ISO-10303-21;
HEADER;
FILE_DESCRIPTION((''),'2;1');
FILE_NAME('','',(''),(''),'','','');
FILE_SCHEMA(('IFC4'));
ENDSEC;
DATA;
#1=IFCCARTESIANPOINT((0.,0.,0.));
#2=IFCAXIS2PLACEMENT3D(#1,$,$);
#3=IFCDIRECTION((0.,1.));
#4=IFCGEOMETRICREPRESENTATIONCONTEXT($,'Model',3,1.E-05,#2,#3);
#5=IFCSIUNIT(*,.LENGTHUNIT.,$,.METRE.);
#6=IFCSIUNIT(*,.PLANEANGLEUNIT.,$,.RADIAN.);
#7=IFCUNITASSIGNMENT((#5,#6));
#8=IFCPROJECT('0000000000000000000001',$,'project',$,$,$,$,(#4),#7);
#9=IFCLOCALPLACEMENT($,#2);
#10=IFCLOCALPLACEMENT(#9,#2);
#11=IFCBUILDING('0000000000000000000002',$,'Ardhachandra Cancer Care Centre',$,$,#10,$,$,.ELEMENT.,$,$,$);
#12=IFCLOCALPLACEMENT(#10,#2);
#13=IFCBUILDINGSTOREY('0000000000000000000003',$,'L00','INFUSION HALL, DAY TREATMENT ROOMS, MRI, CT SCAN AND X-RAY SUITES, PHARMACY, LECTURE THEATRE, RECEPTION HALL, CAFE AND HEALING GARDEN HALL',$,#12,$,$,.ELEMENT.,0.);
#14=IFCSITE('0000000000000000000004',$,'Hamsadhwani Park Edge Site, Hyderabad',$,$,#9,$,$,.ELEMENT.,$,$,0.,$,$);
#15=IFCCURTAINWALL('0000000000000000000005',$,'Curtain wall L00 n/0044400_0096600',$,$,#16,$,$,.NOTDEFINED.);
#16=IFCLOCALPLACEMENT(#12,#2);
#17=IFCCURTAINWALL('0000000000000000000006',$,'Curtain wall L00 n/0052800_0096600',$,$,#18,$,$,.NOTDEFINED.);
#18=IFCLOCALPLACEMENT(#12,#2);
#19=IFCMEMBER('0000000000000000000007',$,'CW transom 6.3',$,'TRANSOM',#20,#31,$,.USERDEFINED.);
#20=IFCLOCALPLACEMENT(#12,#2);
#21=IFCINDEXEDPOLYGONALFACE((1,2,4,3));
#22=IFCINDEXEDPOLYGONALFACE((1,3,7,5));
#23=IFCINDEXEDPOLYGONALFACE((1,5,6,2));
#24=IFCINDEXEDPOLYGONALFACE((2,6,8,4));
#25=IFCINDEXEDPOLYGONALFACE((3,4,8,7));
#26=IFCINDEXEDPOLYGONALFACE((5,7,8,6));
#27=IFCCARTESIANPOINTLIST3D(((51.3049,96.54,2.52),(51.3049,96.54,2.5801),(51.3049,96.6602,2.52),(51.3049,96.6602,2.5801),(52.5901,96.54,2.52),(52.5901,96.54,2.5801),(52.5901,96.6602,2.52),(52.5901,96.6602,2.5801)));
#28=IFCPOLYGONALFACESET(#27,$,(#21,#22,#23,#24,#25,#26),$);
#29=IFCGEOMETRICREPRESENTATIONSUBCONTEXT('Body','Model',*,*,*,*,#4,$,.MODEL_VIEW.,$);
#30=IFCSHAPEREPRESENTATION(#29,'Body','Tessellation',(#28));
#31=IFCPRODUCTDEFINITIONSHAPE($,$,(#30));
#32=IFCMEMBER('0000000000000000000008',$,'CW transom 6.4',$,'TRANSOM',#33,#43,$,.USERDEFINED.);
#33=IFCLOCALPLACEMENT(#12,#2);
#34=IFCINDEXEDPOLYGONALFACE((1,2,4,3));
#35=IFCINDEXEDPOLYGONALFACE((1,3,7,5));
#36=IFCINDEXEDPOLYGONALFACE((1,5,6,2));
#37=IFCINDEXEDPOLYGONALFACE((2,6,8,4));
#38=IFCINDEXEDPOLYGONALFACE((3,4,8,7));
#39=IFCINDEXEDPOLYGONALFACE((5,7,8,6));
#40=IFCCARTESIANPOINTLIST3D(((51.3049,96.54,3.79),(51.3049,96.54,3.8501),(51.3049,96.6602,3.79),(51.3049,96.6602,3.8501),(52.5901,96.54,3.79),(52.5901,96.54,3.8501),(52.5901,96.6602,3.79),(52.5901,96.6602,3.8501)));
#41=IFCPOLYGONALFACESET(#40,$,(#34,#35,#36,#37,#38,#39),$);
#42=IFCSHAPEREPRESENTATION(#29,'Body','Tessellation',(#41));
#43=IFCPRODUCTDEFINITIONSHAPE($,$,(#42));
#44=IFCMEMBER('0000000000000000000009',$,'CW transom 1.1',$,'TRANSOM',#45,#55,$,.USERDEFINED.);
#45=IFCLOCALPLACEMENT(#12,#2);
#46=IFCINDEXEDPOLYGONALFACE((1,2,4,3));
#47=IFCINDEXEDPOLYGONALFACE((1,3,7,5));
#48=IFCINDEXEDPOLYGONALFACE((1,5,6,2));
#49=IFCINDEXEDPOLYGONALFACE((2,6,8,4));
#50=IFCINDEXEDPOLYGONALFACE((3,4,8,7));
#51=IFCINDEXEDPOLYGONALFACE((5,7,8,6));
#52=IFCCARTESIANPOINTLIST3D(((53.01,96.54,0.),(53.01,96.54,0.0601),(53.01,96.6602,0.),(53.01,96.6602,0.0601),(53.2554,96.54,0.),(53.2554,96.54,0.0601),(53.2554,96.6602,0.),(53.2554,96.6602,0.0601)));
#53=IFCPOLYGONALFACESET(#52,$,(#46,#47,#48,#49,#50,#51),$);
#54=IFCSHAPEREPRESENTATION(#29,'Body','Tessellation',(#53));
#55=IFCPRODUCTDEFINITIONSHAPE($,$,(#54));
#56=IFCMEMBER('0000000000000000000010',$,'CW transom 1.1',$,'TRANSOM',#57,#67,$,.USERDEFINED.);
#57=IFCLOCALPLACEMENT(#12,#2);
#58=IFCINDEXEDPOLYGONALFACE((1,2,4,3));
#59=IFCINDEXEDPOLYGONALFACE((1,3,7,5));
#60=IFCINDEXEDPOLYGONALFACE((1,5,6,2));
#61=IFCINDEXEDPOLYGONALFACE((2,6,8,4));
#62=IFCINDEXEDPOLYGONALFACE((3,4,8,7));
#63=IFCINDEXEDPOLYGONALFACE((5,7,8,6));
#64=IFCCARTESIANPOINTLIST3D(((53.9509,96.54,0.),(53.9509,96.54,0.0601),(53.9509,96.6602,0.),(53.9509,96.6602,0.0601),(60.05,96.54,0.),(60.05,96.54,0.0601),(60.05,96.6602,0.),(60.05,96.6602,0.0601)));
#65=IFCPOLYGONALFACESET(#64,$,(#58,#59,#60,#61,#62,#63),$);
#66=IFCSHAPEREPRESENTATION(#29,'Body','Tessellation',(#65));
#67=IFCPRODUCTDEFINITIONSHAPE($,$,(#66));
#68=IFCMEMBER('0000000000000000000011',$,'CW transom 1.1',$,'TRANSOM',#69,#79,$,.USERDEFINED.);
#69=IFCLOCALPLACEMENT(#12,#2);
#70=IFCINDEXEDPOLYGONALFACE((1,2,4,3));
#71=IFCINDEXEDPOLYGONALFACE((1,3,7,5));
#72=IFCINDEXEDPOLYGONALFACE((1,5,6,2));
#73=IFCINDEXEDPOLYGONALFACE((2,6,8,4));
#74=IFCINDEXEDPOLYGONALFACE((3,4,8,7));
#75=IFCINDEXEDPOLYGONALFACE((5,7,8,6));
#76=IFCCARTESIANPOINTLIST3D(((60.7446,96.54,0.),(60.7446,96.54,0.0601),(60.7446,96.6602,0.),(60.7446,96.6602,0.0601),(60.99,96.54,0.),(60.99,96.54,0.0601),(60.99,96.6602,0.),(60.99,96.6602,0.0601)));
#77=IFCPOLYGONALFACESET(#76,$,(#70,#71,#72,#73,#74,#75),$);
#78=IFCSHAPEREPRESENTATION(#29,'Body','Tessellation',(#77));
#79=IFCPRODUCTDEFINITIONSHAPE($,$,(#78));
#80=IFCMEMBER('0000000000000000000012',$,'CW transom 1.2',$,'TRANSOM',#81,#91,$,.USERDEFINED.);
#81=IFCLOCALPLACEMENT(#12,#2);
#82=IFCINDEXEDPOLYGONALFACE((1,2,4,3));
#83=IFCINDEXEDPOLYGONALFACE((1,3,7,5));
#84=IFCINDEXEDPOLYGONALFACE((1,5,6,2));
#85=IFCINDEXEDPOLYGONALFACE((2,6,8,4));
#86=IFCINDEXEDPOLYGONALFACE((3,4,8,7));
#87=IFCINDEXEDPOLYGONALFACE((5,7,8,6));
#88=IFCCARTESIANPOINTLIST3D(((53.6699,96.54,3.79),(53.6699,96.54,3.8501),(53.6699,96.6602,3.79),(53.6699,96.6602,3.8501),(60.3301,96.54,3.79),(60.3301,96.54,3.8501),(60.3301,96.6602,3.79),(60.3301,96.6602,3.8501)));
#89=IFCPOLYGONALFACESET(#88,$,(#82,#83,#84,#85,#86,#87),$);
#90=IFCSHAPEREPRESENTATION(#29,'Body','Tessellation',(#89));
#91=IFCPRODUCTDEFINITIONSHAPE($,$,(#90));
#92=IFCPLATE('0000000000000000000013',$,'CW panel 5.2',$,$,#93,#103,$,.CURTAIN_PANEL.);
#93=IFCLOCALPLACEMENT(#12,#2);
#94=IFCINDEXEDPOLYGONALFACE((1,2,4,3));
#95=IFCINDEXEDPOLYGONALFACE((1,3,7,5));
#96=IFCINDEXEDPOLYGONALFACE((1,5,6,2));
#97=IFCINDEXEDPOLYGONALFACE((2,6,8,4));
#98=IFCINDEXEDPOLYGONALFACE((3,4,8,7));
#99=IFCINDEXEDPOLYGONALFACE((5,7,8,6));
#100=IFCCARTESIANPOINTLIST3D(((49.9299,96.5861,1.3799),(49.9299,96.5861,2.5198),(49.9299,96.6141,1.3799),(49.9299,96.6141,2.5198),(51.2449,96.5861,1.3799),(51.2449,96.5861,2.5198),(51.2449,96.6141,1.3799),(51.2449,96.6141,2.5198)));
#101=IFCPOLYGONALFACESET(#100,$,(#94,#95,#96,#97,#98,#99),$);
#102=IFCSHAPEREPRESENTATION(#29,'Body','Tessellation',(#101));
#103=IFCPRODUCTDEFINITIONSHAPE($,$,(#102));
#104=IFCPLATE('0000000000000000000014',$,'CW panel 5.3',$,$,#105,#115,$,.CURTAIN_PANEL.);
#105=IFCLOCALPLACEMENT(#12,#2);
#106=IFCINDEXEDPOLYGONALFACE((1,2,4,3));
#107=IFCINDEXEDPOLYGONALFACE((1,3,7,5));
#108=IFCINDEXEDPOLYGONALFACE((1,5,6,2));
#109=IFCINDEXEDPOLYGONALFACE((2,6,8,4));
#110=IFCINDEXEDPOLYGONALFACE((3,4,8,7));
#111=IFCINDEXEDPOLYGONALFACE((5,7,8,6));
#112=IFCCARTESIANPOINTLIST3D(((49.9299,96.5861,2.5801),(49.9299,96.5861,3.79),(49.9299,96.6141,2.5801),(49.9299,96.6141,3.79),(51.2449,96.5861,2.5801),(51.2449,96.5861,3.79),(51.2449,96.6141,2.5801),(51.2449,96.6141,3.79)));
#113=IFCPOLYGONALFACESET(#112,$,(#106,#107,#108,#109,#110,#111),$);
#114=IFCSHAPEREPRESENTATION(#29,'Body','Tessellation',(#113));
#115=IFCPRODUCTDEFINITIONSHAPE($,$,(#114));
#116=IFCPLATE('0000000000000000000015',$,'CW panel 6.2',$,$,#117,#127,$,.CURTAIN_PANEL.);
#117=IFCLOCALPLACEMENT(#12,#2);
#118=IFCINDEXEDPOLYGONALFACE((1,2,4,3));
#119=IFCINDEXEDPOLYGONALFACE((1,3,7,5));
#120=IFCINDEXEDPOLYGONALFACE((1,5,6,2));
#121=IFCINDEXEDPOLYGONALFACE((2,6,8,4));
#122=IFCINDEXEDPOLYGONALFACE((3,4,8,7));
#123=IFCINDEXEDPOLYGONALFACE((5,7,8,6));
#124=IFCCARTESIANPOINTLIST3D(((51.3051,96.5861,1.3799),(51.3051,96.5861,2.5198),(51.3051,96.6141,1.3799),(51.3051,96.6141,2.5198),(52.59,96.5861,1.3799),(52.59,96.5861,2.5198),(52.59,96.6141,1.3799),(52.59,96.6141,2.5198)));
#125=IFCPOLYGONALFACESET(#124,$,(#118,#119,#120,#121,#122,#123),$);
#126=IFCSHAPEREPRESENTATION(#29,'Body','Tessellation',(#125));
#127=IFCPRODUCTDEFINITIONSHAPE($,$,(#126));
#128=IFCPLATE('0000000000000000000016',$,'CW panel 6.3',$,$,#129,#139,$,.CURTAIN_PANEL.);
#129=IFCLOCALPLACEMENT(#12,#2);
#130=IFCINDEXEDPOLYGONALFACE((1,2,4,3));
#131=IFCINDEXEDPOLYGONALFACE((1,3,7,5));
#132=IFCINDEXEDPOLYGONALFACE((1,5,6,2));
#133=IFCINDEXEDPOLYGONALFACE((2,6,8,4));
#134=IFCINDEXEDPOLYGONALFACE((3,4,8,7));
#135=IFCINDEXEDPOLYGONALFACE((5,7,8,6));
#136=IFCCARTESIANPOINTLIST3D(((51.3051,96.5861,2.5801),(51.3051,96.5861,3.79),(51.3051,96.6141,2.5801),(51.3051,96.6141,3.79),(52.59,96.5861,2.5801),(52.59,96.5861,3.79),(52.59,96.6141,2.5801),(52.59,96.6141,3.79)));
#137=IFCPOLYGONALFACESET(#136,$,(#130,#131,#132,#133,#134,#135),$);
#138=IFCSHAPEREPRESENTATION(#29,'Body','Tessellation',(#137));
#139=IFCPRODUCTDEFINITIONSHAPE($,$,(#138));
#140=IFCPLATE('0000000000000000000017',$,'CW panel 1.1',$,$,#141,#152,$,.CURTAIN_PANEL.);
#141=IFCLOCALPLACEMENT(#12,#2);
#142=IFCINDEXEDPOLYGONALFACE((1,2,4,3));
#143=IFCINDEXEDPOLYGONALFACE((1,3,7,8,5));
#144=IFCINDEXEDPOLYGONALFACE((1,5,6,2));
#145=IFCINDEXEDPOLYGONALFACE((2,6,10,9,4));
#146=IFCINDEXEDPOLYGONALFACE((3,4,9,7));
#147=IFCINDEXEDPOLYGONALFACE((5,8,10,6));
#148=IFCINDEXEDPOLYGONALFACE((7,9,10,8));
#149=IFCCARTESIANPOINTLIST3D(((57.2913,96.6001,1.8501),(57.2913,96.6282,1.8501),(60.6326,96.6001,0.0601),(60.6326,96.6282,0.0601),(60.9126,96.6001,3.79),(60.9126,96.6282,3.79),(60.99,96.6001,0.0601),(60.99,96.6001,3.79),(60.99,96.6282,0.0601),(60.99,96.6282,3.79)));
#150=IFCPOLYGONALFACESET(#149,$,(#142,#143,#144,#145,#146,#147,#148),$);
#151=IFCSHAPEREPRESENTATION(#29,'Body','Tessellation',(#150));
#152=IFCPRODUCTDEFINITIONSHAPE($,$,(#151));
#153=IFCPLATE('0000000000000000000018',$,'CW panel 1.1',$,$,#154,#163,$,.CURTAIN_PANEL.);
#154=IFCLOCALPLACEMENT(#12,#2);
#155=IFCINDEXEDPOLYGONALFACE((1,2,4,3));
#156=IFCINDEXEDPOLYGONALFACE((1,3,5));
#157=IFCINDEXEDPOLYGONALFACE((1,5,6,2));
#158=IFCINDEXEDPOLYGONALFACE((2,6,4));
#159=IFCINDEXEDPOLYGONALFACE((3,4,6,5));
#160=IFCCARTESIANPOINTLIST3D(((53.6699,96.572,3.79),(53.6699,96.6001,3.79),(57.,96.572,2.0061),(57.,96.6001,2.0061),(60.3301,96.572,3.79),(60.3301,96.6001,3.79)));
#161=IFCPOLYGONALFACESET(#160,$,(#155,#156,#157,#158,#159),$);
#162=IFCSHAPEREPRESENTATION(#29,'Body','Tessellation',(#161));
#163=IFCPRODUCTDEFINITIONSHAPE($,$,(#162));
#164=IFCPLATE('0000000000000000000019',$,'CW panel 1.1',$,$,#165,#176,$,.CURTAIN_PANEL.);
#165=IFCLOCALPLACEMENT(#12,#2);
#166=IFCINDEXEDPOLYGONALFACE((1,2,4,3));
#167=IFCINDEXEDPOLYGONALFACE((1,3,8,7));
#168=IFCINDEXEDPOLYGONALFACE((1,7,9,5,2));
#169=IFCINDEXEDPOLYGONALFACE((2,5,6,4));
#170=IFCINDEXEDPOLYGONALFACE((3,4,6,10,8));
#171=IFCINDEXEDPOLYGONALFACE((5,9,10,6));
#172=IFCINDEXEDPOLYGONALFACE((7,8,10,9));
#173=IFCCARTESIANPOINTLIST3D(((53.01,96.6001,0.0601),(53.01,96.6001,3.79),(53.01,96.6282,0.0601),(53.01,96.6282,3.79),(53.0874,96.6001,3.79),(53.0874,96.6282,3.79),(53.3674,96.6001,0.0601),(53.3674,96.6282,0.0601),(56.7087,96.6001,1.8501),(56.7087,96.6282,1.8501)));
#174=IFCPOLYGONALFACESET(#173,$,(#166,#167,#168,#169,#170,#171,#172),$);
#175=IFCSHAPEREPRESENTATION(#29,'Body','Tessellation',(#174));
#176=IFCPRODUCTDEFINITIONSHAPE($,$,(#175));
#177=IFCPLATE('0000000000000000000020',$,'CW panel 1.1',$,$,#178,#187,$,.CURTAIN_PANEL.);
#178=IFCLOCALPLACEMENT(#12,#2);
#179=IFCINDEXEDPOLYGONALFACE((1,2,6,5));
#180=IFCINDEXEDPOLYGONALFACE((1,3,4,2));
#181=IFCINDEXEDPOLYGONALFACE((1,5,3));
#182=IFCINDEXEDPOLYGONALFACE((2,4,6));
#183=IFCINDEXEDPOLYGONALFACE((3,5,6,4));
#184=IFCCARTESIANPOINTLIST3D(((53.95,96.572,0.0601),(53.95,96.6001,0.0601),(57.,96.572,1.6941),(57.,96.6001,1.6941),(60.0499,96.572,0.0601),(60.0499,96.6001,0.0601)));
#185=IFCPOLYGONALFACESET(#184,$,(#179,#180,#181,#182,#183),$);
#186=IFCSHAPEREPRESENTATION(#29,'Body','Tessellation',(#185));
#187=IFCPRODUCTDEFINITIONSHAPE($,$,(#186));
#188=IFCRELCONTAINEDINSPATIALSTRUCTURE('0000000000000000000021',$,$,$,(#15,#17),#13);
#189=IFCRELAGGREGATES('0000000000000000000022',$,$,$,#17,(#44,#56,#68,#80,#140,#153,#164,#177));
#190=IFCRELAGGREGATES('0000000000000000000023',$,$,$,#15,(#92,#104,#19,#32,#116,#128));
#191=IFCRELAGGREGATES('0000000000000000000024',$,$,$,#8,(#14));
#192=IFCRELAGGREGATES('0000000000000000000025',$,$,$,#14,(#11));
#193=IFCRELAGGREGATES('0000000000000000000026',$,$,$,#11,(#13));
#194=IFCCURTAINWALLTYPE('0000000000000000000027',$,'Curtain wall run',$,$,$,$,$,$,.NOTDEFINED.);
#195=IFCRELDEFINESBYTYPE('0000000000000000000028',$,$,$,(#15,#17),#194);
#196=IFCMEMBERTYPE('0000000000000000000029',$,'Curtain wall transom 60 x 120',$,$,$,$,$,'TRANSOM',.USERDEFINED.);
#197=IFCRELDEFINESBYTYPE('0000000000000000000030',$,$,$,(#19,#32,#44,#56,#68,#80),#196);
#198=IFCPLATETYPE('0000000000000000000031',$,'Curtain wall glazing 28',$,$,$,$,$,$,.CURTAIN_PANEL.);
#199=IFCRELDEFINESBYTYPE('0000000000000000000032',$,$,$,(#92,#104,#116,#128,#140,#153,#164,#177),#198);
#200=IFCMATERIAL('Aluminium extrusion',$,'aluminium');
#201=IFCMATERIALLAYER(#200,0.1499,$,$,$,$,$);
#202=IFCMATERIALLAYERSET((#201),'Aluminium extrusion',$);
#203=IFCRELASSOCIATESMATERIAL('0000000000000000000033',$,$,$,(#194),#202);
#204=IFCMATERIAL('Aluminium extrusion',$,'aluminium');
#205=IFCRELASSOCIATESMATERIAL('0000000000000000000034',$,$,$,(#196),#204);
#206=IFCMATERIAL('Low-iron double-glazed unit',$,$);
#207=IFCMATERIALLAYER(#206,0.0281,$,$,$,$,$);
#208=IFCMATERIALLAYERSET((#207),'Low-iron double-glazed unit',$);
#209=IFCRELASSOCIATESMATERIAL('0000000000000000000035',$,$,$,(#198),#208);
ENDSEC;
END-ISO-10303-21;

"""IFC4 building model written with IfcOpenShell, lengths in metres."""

from ifc_helpers import new_model, si_unit, direction, frame, origin, origin_2d, place, context, subcontext, project, spatial, polyline, rectangle, outline, extrude, material, layer, layer_set, material_profile, profile_set, type_object, element, aggregate, save


model = new_model("IFC4")

# Units and contexts
model_context = context("Model", 3, precision=1e-05, world=origin(), true_north=direction((0.0, 1.0)))
body_context = subcontext(model_context, "Body", "Model", "MODEL_VIEW")
ifc_project = project(units=[si_unit("LENGTHUNIT", "METRE"), si_unit("PLANEANGLEUNIT", "RADIAN")], contexts=[model_context])

# Site, building, storey
site_placement = place(None, origin())
site = spatial("IfcSite", under=ifc_project, at=site_placement, Name="Hamsadhwani Park Edge Site, Hyderabad", CompositionType="ELEMENT", RefElevation=0.0)
building_placement = place(site_placement, origin())
building = spatial("IfcBuilding", under=site, at=building_placement, Name="Ardhachandra Cancer Care Centre", CompositionType="ELEMENT")
storey_placement = place(building_placement, origin())
storey = spatial("IfcBuildingStorey", under=building, at=storey_placement, Name="L00", Description="INFUSION HALL, DAY TREATMENT ROOMS, MRI, CT SCAN AND X-RAY SUITES, PHARMACY, LECTURE THEATRE, RECEPTION HALL, CAFE AND HEALING GARDEN HALL", CompositionType="ELEMENT", Elevation=0.0)

# Curtain walls
ifc_material_1 = material(Name="Aluminium extrusion", Category="aluminium")
ifc_layer_1 = layer(ifc_material_1, 0.1499)
ifc_layer_set_1 = layer_set([ifc_layer_1], Name="Aluminium extrusion")
curtain_wall_type = type_object("IfcCurtainWallType", Name="Curtain wall run", PredefinedType="NOTDEFINED", material=ifc_layer_set_1)
curtain_wall_1_placement = place(storey_placement, origin())
curtain_wall_1 = element("IfcCurtainWall", 1, at=curtain_wall_1_placement, inside=storey, type_object=curtain_wall_type, Name="Curtain wall L00 n/0044400_0096600", PredefinedType="NOTDEFINED")
curtain_wall_2_placement = place(storey_placement, origin())
curtain_wall_2 = element("IfcCurtainWall", 2, at=curtain_wall_2_placement, inside=storey, type_object=curtain_wall_type, Name="Curtain wall L00 n/0052800_0096600", PredefinedType="NOTDEFINED")

# Members
ifc_material_2 = material(Name="Aluminium extrusion", Category="aluminium")
ifc_material_profile_1 = material_profile(ifc_material_2, rectangle(XDim=0.1201, YDim=0.0601, at=origin_2d()), Name="Curtain wall transom 60 x 120")
ifc_profile_set_1 = profile_set([ifc_material_profile_1], Name="Aluminium extrusion")
member_type_1 = type_object("IfcMemberType", Name="Curtain wall transom 60 x 120", ElementType="TRANSOM", PredefinedType="USERDEFINED", material=ifc_profile_set_1)
member_1_placement = place(storey_placement, frame((51.3049, 96.6001, 2.55), z_axis=(1.0, 0.0, 0.0), x_axis=(0.0, 1.0, 0.0)))
member_1 = element("IfcMember", 3, at=member_1_placement, type_object=member_type_1, Name="CW transom 6.3", ObjectType="TRANSOM", PredefinedType="USERDEFINED", context=body_context, shape_type="SweptSolid", body=[
    extrude(rectangle(XDim=0.1201, YDim=0.0601, at=origin_2d()), origin(), (0.0, 0.0, 1.0), 1.2852),
])
member_2_placement = place(storey_placement, frame((51.3049, 96.6001, 3.8201), z_axis=(1.0, 0.0, 0.0), x_axis=(0.0, 1.0, 0.0)))
member_2 = element("IfcMember", 4, at=member_2_placement, type_object=member_type_1, Name="CW transom 6.4", ObjectType="TRANSOM", PredefinedType="USERDEFINED", context=body_context, shape_type="SweptSolid", body=[
    extrude(rectangle(XDim=0.1201, YDim=0.0601, at=origin_2d()), origin(), (0.0, 0.0, 1.0), 1.2852),
])
member_3_placement = place(storey_placement, frame((53.01, 96.6001, 0.03), z_axis=(1.0, 0.0, 0.0), x_axis=(0.0, 1.0, 0.0)))
member_3 = element("IfcMember", 5, at=member_3_placement, type_object=member_type_1, Name="CW transom 1.1", ObjectType="TRANSOM", PredefinedType="USERDEFINED", context=body_context, shape_type="SweptSolid", body=[
    extrude(rectangle(XDim=0.1201, YDim=0.0601, at=origin_2d()), origin(), (0.0, 0.0, 1.0), 0.2454),
])
member_4_placement = place(storey_placement, frame((53.9509, 96.6001, 0.03), z_axis=(1.0, 0.0, 0.0), x_axis=(0.0, 1.0, 0.0)))
member_4 = element("IfcMember", 6, at=member_4_placement, type_object=member_type_1, Name="CW transom 1.1", ObjectType="TRANSOM", PredefinedType="USERDEFINED", context=body_context, shape_type="SweptSolid", body=[
    extrude(rectangle(XDim=0.1201, YDim=0.0601, at=origin_2d()), origin(), (0.0, 0.0, 1.0), 6.0991),
])
member_5_placement = place(storey_placement, frame((60.7446, 96.6001, 0.03), z_axis=(1.0, 0.0, 0.0), x_axis=(0.0, 1.0, 0.0)))
member_5 = element("IfcMember", 7, at=member_5_placement, type_object=member_type_1, Name="CW transom 1.1", ObjectType="TRANSOM", PredefinedType="USERDEFINED", context=body_context, shape_type="SweptSolid", body=[
    extrude(rectangle(XDim=0.1201, YDim=0.0601, at=origin_2d()), origin(), (0.0, 0.0, 1.0), 0.2454),
])
member_6_placement = place(storey_placement, frame((53.6699, 96.6001, 3.8201), z_axis=(1.0, 0.0, 0.0), x_axis=(0.0, 1.0, 0.0)))
member_6 = element("IfcMember", 8, at=member_6_placement, type_object=member_type_1, Name="CW transom 1.2", ObjectType="TRANSOM", PredefinedType="USERDEFINED", context=body_context, shape_type="SweptSolid", body=[
    extrude(rectangle(XDim=0.1201, YDim=0.0601, at=origin_2d()), origin(), (0.0, 0.0, 1.0), 6.6602),
])

# Plates
ifc_material_3 = material(Name="Low-iron double-glazed unit")
ifc_layer_2 = layer(ifc_material_3, 0.0281)
ifc_layer_set_2 = layer_set([ifc_layer_2], Name="Low-iron double-glazed unit")
plate_type_1 = type_object("IfcPlateType", Name="Curtain wall glazing 28", PredefinedType="CURTAIN_PANEL", material=ifc_layer_set_2)
plate_1_placement = place(storey_placement, frame((50.5874, 96.6001, 1.3799), z_axis=(0.0, 0.0, 1.0), x_axis=(1.0, 0.0, 0.0)))
plate_1 = element("IfcPlate", 9, at=plate_1_placement, type_object=plate_type_1, Name="CW panel 5.2", PredefinedType="CURTAIN_PANEL", context=body_context, shape_type="SweptSolid", body=[
    extrude(rectangle(XDim=1.3149, YDim=0.0281, at=origin_2d()), origin(), (0.0, 0.0, 1.0), 1.1399),
])
plate_2_placement = place(storey_placement, frame((50.5874, 96.6001, 2.5801), z_axis=(0.0, 0.0, 1.0), x_axis=(1.0, 0.0, 0.0)))
plate_2 = element("IfcPlate", 10, at=plate_2_placement, type_object=plate_type_1, Name="CW panel 5.3", PredefinedType="CURTAIN_PANEL", context=body_context, shape_type="SweptSolid", body=[
    extrude(rectangle(XDim=1.3149, YDim=0.0281, at=origin_2d()), origin(), (0.0, 0.0, 1.0), 1.21),
])
plate_3_placement = place(storey_placement, frame((51.9475, 96.6001, 1.3799), z_axis=(0.0, 0.0, 1.0), x_axis=(1.0, 0.0, 0.0)))
plate_3 = element("IfcPlate", 11, at=plate_3_placement, type_object=plate_type_1, Name="CW panel 6.2", PredefinedType="CURTAIN_PANEL", context=body_context, shape_type="SweptSolid", body=[
    extrude(rectangle(XDim=1.2849, YDim=0.0281, at=origin_2d()), origin(), (0.0, 0.0, 1.0), 1.1399),
])
plate_4_placement = place(storey_placement, frame((51.9475, 96.6001, 2.5801), z_axis=(0.0, 0.0, 1.0), x_axis=(1.0, 0.0, 0.0)))
plate_4 = element("IfcPlate", 12, at=plate_4_placement, type_object=plate_type_1, Name="CW panel 6.3", PredefinedType="CURTAIN_PANEL", context=body_context, shape_type="SweptSolid", body=[
    extrude(rectangle(XDim=1.2849, YDim=0.0281, at=origin_2d()), origin(), (0.0, 0.0, 1.0), 1.21),
])
plate_5_placement = place(storey_placement, frame((60.99, 96.6001, 3.79), z_axis=(0.0, 1.0, 0.0), x_axis=(0.0, 0.0, -1.0)))
plate_5 = element("IfcPlate", 13, at=plate_5_placement, type_object=plate_type_1, Name="CW panel 1.1", PredefinedType="CURTAIN_PANEL", context=body_context, shape_type="SweptSolid", body=[
    extrude(outline(polyline([(0.0, 0.0), (3.73, 0.0), (3.73, 0.3574), (1.9399, 3.6987), (0.0, 0.0774), (0.0, 0.0)])), origin(), (0.0, 0.0, 1.0), 0.0281),
])
plate_6_placement = place(storey_placement, frame((60.3301, 96.6001, 3.79), z_axis=(0.0, 1.0, 0.0), x_axis=(-0.881484, 0.0, -0.472214)))
plate_6 = element("IfcPlate", 14, at=plate_6_placement, type_object=plate_type_1, Name="CW panel 1.1", PredefinedType="CURTAIN_PANEL", context=body_context, shape_type="SweptSolid", body=[
    extrude(outline(polyline([(0.0, 0.0), (3.7778, 0.0), (5.8708, 3.145), (0.0, 0.0)])), frame((0.0, 0.0, -0.0281)), (0.0, 0.0, 1.0), 0.0281),
])
plate_7_placement = place(storey_placement, frame((53.01, 96.6001, 0.0601), z_axis=(0.0, 1.0, 0.0), x_axis=(0.0, 0.0, 1.0)))
plate_7 = element("IfcPlate", 15, at=plate_7_placement, type_object=plate_type_1, Name="CW panel 1.1", PredefinedType="CURTAIN_PANEL", context=body_context, shape_type="SweptSolid", body=[
    extrude(outline(polyline([(0.0, 0.0), (3.73, 0.0), (3.73, 0.0774), (1.79, 3.6987), (0.0, 0.3574), (0.0, 0.0)])), origin(), (0.0, 0.0, 1.0), 0.0281),
])
plate_8_placement = place(storey_placement, frame((53.95, 96.6001, 0.0601), z_axis=(0.0, 1.0, 0.0), x_axis=(0.881471, 0.0, 0.472239)))
plate_8 = element("IfcPlate", 16, at=plate_8_placement, type_object=plate_type_1, Name="CW panel 1.1", PredefinedType="CURTAIN_PANEL", context=body_context, shape_type="SweptSolid", body=[
    extrude(outline(polyline([(0.0, 0.0), (3.4602, 0.0), (5.377, 2.8806), (0.0, 0.0)])), frame((0.0, 0.0, -0.0281)), (0.0, 0.0, 1.0), 0.0281),
])
aggregate(curtain_wall_2, [member_3, member_4, member_5, member_6, plate_5, plate_6, plate_7, plate_8])
aggregate(curtain_wall_1, [plate_1, plate_2, member_1, member_2, plate_3, plate_4])

save(model, "model.ifc")
